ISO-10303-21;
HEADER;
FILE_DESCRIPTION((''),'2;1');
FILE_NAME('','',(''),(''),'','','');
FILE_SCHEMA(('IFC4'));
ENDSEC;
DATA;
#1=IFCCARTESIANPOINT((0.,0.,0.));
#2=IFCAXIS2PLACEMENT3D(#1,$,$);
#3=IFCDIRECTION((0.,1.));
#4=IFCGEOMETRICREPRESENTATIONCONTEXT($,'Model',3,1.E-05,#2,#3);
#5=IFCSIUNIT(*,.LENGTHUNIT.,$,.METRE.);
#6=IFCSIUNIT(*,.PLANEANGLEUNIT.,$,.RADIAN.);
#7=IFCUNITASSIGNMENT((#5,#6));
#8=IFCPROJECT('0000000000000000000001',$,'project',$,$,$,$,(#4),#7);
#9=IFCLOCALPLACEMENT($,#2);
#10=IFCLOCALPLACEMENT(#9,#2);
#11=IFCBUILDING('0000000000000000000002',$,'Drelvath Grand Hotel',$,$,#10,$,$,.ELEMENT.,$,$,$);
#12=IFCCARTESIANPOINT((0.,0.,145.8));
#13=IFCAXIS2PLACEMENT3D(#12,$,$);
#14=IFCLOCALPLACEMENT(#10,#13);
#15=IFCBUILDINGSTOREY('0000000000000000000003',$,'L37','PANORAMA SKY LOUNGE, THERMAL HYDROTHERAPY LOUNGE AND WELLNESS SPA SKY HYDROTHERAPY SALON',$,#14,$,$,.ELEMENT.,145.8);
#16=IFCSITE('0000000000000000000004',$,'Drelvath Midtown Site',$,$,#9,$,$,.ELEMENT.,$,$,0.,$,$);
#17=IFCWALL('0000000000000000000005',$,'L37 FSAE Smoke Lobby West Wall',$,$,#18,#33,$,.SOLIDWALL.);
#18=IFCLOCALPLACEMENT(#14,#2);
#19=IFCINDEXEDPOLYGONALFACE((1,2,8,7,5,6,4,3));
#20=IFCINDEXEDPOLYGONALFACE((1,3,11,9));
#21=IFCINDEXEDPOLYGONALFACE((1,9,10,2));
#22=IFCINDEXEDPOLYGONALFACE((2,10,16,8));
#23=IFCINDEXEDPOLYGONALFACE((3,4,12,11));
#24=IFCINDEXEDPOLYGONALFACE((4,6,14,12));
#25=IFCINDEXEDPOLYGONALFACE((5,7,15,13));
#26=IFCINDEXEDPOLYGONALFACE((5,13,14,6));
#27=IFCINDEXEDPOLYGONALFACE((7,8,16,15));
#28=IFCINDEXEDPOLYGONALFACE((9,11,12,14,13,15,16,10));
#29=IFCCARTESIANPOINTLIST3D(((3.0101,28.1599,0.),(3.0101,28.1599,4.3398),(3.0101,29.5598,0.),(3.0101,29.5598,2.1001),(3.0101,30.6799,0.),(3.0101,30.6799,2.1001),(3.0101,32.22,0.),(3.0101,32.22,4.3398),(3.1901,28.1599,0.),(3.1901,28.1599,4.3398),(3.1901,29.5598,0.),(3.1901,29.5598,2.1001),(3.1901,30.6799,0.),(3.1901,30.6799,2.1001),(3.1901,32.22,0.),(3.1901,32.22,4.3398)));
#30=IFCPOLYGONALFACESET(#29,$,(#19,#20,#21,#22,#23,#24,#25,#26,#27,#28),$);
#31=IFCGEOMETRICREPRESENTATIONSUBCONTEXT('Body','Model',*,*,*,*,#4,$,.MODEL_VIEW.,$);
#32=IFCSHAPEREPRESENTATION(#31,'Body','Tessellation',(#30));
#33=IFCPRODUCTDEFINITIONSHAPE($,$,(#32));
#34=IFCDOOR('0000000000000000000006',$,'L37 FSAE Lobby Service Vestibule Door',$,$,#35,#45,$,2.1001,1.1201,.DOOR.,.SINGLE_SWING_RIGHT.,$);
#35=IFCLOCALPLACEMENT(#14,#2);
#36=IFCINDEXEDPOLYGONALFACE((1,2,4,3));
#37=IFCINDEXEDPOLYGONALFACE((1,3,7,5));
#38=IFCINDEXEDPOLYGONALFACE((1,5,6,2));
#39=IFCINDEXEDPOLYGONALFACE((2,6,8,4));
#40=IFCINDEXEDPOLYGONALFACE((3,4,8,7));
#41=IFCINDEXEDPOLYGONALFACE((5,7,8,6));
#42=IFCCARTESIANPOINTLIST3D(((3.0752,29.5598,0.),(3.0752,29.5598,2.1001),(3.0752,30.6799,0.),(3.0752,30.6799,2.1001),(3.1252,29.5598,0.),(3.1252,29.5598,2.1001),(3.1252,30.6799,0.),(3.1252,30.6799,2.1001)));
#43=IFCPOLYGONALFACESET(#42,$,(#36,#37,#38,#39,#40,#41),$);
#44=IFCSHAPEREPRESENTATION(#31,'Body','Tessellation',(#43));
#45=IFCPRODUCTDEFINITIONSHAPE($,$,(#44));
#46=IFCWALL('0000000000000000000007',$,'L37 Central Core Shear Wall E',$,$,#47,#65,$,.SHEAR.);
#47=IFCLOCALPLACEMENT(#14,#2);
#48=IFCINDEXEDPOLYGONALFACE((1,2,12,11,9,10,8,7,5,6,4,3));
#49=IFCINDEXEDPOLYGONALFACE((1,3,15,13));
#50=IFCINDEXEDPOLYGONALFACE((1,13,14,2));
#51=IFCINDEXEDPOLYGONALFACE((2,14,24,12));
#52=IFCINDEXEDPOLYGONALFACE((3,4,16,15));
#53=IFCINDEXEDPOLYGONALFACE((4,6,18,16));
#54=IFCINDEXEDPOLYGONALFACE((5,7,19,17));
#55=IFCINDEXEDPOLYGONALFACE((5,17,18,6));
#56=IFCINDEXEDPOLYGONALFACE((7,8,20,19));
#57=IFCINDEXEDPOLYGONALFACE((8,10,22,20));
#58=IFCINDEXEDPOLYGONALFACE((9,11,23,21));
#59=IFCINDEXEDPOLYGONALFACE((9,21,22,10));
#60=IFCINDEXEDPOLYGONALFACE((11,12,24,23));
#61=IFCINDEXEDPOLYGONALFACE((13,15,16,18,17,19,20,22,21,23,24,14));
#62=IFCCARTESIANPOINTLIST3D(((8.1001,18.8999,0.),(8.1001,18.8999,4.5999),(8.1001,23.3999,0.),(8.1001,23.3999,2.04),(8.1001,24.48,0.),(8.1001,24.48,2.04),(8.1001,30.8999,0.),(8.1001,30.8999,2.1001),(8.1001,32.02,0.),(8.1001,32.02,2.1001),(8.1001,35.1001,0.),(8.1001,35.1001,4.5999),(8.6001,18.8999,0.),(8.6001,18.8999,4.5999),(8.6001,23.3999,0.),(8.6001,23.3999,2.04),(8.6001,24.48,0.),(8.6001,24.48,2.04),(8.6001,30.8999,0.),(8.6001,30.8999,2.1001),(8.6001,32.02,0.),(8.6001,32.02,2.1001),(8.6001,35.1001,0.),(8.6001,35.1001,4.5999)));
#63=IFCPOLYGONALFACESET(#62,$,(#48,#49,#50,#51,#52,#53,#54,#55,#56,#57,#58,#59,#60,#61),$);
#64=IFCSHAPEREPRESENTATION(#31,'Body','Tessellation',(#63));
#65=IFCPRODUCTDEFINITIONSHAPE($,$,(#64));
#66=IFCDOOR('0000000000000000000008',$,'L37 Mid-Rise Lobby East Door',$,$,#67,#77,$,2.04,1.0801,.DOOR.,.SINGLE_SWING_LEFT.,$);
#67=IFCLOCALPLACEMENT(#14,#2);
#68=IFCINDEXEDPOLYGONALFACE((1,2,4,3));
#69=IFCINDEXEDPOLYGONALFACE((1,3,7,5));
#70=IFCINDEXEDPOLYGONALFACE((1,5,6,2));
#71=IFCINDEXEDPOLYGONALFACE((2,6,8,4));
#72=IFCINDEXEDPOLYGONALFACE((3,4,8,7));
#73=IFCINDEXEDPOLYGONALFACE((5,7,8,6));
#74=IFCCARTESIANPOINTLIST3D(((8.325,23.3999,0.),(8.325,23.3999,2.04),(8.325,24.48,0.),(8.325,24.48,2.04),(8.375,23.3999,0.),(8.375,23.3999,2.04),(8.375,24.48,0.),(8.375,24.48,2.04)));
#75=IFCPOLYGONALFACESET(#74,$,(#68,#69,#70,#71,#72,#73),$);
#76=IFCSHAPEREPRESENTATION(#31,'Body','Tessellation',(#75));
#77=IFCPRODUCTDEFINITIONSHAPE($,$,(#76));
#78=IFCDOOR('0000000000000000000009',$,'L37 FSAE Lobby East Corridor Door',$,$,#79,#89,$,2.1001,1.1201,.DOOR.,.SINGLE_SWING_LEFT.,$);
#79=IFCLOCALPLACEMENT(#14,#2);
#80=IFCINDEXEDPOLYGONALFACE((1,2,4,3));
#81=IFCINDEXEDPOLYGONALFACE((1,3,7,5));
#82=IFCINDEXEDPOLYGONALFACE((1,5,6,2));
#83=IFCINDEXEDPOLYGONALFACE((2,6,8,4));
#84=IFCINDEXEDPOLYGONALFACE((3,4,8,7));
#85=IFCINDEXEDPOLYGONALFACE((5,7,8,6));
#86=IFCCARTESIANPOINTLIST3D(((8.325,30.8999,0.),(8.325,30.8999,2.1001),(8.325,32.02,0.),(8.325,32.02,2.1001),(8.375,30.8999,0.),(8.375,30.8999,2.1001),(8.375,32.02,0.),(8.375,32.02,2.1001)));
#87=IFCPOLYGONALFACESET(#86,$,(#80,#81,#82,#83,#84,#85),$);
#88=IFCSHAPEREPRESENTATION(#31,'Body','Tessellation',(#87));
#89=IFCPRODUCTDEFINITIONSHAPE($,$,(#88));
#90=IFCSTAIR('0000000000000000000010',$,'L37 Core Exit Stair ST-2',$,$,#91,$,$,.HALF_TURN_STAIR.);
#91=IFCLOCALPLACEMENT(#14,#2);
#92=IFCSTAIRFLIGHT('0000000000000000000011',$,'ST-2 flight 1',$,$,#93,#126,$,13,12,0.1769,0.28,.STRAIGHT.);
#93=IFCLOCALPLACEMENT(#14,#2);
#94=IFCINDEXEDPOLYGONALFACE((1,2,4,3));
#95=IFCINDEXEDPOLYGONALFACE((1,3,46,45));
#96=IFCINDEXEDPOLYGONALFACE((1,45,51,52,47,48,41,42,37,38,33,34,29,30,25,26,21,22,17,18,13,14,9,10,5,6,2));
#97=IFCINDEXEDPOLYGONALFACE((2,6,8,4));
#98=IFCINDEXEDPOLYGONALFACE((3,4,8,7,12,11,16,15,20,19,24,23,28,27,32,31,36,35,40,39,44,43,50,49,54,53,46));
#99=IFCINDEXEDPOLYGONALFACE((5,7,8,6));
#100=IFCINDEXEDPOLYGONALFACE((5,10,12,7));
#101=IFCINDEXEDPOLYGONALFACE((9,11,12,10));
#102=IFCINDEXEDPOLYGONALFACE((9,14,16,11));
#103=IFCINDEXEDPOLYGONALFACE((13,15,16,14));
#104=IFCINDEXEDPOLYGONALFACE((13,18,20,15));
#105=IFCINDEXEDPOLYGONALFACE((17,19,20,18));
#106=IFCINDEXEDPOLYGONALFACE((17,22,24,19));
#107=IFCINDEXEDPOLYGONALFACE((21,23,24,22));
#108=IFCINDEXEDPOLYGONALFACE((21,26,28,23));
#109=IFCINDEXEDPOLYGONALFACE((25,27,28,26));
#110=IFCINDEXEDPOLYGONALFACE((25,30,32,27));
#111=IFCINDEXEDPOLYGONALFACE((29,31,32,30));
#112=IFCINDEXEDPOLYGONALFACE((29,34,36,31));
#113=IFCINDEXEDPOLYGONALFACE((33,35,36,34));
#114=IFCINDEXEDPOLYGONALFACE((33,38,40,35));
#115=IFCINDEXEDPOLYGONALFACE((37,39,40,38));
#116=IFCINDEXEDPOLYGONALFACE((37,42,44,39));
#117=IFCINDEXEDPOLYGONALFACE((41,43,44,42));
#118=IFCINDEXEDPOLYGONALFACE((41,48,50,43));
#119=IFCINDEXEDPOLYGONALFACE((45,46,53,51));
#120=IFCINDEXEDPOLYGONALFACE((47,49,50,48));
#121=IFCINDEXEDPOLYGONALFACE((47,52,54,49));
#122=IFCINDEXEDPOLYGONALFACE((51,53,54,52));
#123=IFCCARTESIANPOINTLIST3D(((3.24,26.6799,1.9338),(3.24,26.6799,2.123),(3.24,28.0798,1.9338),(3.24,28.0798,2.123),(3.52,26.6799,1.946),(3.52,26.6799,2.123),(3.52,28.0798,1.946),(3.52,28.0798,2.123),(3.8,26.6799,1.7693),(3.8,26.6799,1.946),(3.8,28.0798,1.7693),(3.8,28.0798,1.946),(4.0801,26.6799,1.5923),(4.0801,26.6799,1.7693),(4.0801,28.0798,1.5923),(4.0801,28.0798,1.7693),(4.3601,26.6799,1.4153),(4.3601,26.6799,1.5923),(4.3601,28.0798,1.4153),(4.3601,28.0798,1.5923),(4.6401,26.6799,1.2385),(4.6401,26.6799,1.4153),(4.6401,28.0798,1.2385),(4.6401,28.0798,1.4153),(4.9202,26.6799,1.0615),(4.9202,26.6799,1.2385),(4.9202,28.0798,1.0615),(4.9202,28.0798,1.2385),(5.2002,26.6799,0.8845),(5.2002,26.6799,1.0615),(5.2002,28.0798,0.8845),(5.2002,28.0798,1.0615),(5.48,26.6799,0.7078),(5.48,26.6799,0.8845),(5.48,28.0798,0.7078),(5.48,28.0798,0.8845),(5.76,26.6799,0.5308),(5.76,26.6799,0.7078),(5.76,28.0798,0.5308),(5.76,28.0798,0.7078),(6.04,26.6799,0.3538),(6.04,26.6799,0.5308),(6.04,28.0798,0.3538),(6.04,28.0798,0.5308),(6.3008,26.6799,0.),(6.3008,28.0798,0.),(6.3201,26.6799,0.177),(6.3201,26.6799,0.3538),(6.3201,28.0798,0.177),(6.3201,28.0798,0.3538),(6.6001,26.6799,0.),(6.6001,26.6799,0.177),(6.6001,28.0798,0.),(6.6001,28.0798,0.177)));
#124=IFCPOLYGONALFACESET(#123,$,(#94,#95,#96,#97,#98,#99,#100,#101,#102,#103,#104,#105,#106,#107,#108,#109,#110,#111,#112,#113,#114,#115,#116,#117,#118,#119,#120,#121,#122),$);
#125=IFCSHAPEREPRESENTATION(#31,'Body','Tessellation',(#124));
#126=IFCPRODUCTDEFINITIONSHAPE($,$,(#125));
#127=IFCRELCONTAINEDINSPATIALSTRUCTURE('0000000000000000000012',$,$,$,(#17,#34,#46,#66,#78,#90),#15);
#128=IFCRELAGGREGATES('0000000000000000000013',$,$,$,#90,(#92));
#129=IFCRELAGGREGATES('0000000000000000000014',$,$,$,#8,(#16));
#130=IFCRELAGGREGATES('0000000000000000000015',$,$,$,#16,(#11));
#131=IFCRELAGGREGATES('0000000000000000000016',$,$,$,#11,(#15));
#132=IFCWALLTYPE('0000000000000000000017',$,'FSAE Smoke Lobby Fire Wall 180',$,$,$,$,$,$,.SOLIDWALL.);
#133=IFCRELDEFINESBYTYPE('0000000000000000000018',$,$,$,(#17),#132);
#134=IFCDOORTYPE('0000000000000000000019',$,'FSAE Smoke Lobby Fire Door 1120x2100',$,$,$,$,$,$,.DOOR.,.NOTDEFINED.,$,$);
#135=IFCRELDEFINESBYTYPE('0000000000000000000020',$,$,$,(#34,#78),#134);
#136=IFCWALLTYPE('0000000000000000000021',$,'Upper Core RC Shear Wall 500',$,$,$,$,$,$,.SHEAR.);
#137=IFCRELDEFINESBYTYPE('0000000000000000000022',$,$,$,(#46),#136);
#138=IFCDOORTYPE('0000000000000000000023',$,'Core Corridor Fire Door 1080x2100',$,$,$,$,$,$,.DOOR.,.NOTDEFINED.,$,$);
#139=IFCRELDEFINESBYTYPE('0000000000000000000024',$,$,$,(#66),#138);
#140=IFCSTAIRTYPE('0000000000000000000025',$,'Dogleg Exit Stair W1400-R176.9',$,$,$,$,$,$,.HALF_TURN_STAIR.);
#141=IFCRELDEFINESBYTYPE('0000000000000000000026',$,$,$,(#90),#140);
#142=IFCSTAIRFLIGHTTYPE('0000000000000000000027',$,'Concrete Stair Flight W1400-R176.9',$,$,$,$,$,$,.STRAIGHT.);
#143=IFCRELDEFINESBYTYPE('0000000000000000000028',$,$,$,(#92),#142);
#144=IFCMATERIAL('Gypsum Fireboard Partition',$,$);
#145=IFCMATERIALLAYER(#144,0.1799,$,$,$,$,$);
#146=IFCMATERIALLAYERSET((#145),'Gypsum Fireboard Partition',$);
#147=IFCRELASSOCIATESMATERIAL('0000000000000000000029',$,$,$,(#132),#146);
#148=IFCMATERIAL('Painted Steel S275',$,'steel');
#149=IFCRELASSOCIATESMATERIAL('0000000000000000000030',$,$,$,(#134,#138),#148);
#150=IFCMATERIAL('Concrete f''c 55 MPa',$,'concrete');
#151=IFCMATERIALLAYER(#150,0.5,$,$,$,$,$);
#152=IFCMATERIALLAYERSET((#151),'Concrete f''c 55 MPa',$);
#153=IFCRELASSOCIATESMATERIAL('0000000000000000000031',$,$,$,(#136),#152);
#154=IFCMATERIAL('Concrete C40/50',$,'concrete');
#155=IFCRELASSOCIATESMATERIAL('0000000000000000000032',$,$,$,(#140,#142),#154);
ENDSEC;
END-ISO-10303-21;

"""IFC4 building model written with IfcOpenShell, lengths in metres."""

from ifc_helpers import new_model, si_unit, direction, frame, frame_2d, origin, place, context, subcontext, project, spatial, polyline, rectangle, outline, extrude, material, layer, layer_set, type_object, element, fill, aggregate, save


model = new_model("IFC4")

# Units and contexts
model_context = context("Model", 3, precision=1e-05, world=origin(), true_north=direction((0.0, 1.0)))
body_context = subcontext(model_context, "Body", "Model", "MODEL_VIEW")
ifc_project = project(units=[si_unit("LENGTHUNIT", "METRE"), si_unit("PLANEANGLEUNIT", "RADIAN")], contexts=[model_context])

# Site, building, storey
site_placement = place(None, origin())
site = spatial("IfcSite", under=ifc_project, at=site_placement, Name="Drelvath Midtown Site", CompositionType="ELEMENT", RefElevation=0.0)
building_placement = place(site_placement, origin())
building = spatial("IfcBuilding", under=site, at=building_placement, Name="Drelvath Grand Hotel", CompositionType="ELEMENT")
storey_placement = place(building_placement, frame((0.0, 0.0, 145.8)))
storey = spatial("IfcBuildingStorey", under=building, at=storey_placement, Name="L37", Description="PANORAMA SKY LOUNGE, THERMAL HYDROTHERAPY LOUNGE AND WELLNESS SPA SKY HYDROTHERAPY SALON", CompositionType="ELEMENT", Elevation=145.8)

# Shared definitions
ifc_material_1 = material(Name="Concrete f'c 55 MPa", Category="concrete")

# Shared definitions
ifc_material_2 = material(Name="Concrete C40/50", Category="concrete")

# Shared definitions
ifc_material_3 = material(Name="Painted Steel S275", Category="steel")

# Shared definitions
ifc_material_4 = material(Name="Gypsum Fireboard Partition")

# Wall, opening, door
ifc_layer_1 = layer(ifc_material_4, 0.1799)
ifc_layer_set_1 = layer_set([ifc_layer_1], Name="Gypsum Fireboard Partition")
wall_type_1 = type_object("IfcWallType", Name="FSAE Smoke Lobby Fire Wall 180", PredefinedType="SOLIDWALL", material=ifc_layer_set_1)
wall_1_placement = place(storey_placement, frame((3.1001, 28.1599, 0.0), z_axis=(0.0, 0.0, 1.0), x_axis=(0.0, 1.0, 0.0)))
wall_1 = element("IfcWall", 1, at=wall_1_placement, inside=storey, type_object=wall_type_1, Name="L37 FSAE Smoke Lobby West Wall", PredefinedType="SOLIDWALL", context=body_context, shape_type="SweptSolid", body=[
    extrude(rectangle(XDim=4.0601, YDim=0.1799, at=frame_2d((2.03, 0.0))), origin(), (0.0, 0.0, 1.0), 4.3398),
])
opening_1_placement = place(wall_1_placement, frame((1.3999, 0.0, 0.0)))
opening_1 = element("IfcOpeningElement", 2, at=opening_1_placement, cuts=wall_1, PredefinedType="OPENING", context=body_context, shape_type="SweptSolid", body=[
    extrude(rectangle(XDim=1.1201, YDim=2.1001, at=frame_2d((0.5601, 1.05))), frame((0.0, 0.0999, 0.0), z_axis=(0.0, -1.0, 0.0), x_axis=(1.0, 0.0, 0.0)), (0.0, 0.0, 1.0), 0.2),
])
door_type_1 = type_object("IfcDoorType", Name="FSAE Smoke Lobby Fire Door 1120x2100", OperationType="NOTDEFINED", PredefinedType="DOOR", material=ifc_material_3)
door_1_placement = place(opening_1_placement, origin())
door_1 = element("IfcDoor", 3, at=door_1_placement, inside=storey, type_object=door_type_1, Name="L37 FSAE Lobby Service Vestibule Door", OperationType="SINGLE_SWING_RIGHT", OverallHeight=2.1001, OverallWidth=1.1201, PredefinedType="DOOR", context=body_context, shape_type="SweptSolid", body=[
    extrude(rectangle(XDim=1.1201, YDim=2.1001, at=frame_2d((0.5601, 1.05))), frame((0.0, 0.0249, 0.0), z_axis=(0.0, -1.0, 0.0), x_axis=(1.0, 0.0, 0.0)), (0.0, 0.0, 1.0), 0.05),
])
fill(opening_1, door_1)

# Wall, openings, doors
ifc_layer_2 = layer(ifc_material_1, 0.5)
ifc_layer_set_2 = layer_set([ifc_layer_2], Name="Concrete f'c 55 MPa")
wall_type_2 = type_object("IfcWallType", Name="Upper Core RC Shear Wall 500", PredefinedType="SHEAR", material=ifc_layer_set_2)
wall_2_placement = place(storey_placement, frame((8.3501, 35.1001, 0.0), z_axis=(0.0, 0.0, 1.0), x_axis=(0.0, -1.0, 0.0)))
wall_2 = element("IfcWall", 4, at=wall_2_placement, inside=storey, type_object=wall_type_2, Name="L37 Central Core Shear Wall E", PredefinedType="SHEAR", context=body_context, shape_type="SweptSolid", body=[
    extrude(rectangle(XDim=16.2002, YDim=0.5, at=frame_2d((8.1001, 0.0))), origin(), (0.0, 0.0, 1.0), 4.5999),
])
opening_2_placement = place(wall_2_placement, frame((3.0801, 0.0, 0.0)))
opening_2 = element("IfcOpeningElement", 5, at=opening_2_placement, cuts=wall_2, PredefinedType="OPENING", context=body_context, shape_type="SweptSolid", body=[
    extrude(rectangle(XDim=1.1201, YDim=2.1001, at=frame_2d((0.5601, 1.05))), frame((0.0, 0.26, 0.0), z_axis=(0.0, -1.0, 0.0), x_axis=(1.0, 0.0, 0.0)), (0.0, 0.0, 1.0), 0.52),
])
opening_3_placement = place(wall_2_placement, frame((10.6201, 0.0, 0.0)))
opening_3 = element("IfcOpeningElement", 6, at=opening_3_placement, cuts=wall_2, PredefinedType="OPENING", context=body_context, shape_type="SweptSolid", body=[
    extrude(rectangle(XDim=1.0801, YDim=2.04, at=frame_2d((0.54, 1.02))), frame((0.0, 0.26, 0.0), z_axis=(0.0, -1.0, 0.0), x_axis=(1.0, 0.0, 0.0)), (0.0, 0.0, 1.0), 0.52),
])
door_type_2 = type_object("IfcDoorType", Name="Core Corridor Fire Door 1080x2100", OperationType="NOTDEFINED", PredefinedType="DOOR", material=ifc_material_3)
door_2_placement = place(opening_3_placement, origin())
door_2 = element("IfcDoor", 7, at=door_2_placement, inside=storey, type_object=door_type_2, Name="L37 Mid-Rise Lobby East Door", OperationType="SINGLE_SWING_LEFT", OverallHeight=2.04, OverallWidth=1.0801, PredefinedType="DOOR", context=body_context, shape_type="SweptSolid", body=[
    extrude(rectangle(XDim=1.0801, YDim=2.04, at=frame_2d((0.54, 1.02))), frame((0.0, 0.0249, 0.0), z_axis=(0.0, -1.0, 0.0), x_axis=(1.0, 0.0, 0.0)), (0.0, 0.0, 1.0), 0.05),
])
fill(opening_3, door_2)
door_3_placement = place(opening_2_placement, origin())
door_3 = element("IfcDoor", 8, at=door_3_placement, inside=storey, type_object=door_type_1, Name="L37 FSAE Lobby East Corridor Door", OperationType="SINGLE_SWING_LEFT", OverallHeight=2.1001, OverallWidth=1.1201, PredefinedType="DOOR", context=body_context, shape_type="SweptSolid", body=[
    extrude(rectangle(XDim=1.1201, YDim=2.1001, at=frame_2d((0.5601, 1.05))), frame((0.0, 0.0249, 0.0), z_axis=(0.0, -1.0, 0.0), x_axis=(1.0, 0.0, 0.0)), (0.0, 0.0, 1.0), 0.05),
])
fill(opening_2, door_3)

# Stair, stair flight
stair_type = type_object("IfcStairType", Name="Dogleg Exit Stair W1400-R176.9", PredefinedType="HALF_TURN_STAIR", material=ifc_material_2)
stair_placement = place(storey_placement, origin())
stair = element("IfcStair", 9, at=stair_placement, inside=storey, type_object=stair_type, Name="L37 Core Exit Stair ST-2", PredefinedType="HALF_TURN_STAIR")
stair_flight_type = type_object("IfcStairFlightType", Name="Concrete Stair Flight W1400-R176.9", PredefinedType="STRAIGHT", material=ifc_material_2)
stair_flight_placement = place(storey_placement, frame((6.6001, 27.3799, 0.0), z_axis=(0.0, 0.0, 1.0), x_axis=(-1.0, 0.0, 0.0)))
stair_flight = element("IfcStairFlight", 10, at=stair_flight_placement, type_object=stair_flight_type, Name="ST-2 flight 1", NumberOfRisers=13, NumberOfTreads=12, PredefinedType="STRAIGHT", RiserHeight=0.1769, TreadLength=0.28, context=body_context, shape_type="SweptSolid", body=[
    extrude(outline(polyline([(0.0, 0.0), (0.0, 0.177), (0.28, 0.177), (0.28, 0.3538), (0.5601, 0.3538), (0.5601, 0.5308), (0.8401, 0.5308), (0.8401, 0.7078), (1.1201, 0.7078), (1.1201, 0.8845), (1.3999, 0.8845), (1.3999, 1.0615), (1.6799, 1.0615), (1.6799, 1.2385), (1.96, 1.2385), (1.96, 1.4153), (2.24, 1.4153), (2.24, 1.5923), (2.52, 1.5923), (2.52, 1.7693), (2.8, 1.7693), (2.8, 1.946), (3.0801, 1.946), (3.0801, 2.123), (3.3601, 2.123), (3.3601, 2.3), (3.3601, 1.9338), (0.2993, 0.0), (0.0, 0.0)])), frame((0.0, 0.7, 0.0), z_axis=(0.0, -1.0, 0.0), x_axis=(1.0, 0.0, 0.0)), (0.0, 0.0, 1.0), 1.3999),
])
aggregate(stair, [stair_flight])

save(model, "model.ifc")
